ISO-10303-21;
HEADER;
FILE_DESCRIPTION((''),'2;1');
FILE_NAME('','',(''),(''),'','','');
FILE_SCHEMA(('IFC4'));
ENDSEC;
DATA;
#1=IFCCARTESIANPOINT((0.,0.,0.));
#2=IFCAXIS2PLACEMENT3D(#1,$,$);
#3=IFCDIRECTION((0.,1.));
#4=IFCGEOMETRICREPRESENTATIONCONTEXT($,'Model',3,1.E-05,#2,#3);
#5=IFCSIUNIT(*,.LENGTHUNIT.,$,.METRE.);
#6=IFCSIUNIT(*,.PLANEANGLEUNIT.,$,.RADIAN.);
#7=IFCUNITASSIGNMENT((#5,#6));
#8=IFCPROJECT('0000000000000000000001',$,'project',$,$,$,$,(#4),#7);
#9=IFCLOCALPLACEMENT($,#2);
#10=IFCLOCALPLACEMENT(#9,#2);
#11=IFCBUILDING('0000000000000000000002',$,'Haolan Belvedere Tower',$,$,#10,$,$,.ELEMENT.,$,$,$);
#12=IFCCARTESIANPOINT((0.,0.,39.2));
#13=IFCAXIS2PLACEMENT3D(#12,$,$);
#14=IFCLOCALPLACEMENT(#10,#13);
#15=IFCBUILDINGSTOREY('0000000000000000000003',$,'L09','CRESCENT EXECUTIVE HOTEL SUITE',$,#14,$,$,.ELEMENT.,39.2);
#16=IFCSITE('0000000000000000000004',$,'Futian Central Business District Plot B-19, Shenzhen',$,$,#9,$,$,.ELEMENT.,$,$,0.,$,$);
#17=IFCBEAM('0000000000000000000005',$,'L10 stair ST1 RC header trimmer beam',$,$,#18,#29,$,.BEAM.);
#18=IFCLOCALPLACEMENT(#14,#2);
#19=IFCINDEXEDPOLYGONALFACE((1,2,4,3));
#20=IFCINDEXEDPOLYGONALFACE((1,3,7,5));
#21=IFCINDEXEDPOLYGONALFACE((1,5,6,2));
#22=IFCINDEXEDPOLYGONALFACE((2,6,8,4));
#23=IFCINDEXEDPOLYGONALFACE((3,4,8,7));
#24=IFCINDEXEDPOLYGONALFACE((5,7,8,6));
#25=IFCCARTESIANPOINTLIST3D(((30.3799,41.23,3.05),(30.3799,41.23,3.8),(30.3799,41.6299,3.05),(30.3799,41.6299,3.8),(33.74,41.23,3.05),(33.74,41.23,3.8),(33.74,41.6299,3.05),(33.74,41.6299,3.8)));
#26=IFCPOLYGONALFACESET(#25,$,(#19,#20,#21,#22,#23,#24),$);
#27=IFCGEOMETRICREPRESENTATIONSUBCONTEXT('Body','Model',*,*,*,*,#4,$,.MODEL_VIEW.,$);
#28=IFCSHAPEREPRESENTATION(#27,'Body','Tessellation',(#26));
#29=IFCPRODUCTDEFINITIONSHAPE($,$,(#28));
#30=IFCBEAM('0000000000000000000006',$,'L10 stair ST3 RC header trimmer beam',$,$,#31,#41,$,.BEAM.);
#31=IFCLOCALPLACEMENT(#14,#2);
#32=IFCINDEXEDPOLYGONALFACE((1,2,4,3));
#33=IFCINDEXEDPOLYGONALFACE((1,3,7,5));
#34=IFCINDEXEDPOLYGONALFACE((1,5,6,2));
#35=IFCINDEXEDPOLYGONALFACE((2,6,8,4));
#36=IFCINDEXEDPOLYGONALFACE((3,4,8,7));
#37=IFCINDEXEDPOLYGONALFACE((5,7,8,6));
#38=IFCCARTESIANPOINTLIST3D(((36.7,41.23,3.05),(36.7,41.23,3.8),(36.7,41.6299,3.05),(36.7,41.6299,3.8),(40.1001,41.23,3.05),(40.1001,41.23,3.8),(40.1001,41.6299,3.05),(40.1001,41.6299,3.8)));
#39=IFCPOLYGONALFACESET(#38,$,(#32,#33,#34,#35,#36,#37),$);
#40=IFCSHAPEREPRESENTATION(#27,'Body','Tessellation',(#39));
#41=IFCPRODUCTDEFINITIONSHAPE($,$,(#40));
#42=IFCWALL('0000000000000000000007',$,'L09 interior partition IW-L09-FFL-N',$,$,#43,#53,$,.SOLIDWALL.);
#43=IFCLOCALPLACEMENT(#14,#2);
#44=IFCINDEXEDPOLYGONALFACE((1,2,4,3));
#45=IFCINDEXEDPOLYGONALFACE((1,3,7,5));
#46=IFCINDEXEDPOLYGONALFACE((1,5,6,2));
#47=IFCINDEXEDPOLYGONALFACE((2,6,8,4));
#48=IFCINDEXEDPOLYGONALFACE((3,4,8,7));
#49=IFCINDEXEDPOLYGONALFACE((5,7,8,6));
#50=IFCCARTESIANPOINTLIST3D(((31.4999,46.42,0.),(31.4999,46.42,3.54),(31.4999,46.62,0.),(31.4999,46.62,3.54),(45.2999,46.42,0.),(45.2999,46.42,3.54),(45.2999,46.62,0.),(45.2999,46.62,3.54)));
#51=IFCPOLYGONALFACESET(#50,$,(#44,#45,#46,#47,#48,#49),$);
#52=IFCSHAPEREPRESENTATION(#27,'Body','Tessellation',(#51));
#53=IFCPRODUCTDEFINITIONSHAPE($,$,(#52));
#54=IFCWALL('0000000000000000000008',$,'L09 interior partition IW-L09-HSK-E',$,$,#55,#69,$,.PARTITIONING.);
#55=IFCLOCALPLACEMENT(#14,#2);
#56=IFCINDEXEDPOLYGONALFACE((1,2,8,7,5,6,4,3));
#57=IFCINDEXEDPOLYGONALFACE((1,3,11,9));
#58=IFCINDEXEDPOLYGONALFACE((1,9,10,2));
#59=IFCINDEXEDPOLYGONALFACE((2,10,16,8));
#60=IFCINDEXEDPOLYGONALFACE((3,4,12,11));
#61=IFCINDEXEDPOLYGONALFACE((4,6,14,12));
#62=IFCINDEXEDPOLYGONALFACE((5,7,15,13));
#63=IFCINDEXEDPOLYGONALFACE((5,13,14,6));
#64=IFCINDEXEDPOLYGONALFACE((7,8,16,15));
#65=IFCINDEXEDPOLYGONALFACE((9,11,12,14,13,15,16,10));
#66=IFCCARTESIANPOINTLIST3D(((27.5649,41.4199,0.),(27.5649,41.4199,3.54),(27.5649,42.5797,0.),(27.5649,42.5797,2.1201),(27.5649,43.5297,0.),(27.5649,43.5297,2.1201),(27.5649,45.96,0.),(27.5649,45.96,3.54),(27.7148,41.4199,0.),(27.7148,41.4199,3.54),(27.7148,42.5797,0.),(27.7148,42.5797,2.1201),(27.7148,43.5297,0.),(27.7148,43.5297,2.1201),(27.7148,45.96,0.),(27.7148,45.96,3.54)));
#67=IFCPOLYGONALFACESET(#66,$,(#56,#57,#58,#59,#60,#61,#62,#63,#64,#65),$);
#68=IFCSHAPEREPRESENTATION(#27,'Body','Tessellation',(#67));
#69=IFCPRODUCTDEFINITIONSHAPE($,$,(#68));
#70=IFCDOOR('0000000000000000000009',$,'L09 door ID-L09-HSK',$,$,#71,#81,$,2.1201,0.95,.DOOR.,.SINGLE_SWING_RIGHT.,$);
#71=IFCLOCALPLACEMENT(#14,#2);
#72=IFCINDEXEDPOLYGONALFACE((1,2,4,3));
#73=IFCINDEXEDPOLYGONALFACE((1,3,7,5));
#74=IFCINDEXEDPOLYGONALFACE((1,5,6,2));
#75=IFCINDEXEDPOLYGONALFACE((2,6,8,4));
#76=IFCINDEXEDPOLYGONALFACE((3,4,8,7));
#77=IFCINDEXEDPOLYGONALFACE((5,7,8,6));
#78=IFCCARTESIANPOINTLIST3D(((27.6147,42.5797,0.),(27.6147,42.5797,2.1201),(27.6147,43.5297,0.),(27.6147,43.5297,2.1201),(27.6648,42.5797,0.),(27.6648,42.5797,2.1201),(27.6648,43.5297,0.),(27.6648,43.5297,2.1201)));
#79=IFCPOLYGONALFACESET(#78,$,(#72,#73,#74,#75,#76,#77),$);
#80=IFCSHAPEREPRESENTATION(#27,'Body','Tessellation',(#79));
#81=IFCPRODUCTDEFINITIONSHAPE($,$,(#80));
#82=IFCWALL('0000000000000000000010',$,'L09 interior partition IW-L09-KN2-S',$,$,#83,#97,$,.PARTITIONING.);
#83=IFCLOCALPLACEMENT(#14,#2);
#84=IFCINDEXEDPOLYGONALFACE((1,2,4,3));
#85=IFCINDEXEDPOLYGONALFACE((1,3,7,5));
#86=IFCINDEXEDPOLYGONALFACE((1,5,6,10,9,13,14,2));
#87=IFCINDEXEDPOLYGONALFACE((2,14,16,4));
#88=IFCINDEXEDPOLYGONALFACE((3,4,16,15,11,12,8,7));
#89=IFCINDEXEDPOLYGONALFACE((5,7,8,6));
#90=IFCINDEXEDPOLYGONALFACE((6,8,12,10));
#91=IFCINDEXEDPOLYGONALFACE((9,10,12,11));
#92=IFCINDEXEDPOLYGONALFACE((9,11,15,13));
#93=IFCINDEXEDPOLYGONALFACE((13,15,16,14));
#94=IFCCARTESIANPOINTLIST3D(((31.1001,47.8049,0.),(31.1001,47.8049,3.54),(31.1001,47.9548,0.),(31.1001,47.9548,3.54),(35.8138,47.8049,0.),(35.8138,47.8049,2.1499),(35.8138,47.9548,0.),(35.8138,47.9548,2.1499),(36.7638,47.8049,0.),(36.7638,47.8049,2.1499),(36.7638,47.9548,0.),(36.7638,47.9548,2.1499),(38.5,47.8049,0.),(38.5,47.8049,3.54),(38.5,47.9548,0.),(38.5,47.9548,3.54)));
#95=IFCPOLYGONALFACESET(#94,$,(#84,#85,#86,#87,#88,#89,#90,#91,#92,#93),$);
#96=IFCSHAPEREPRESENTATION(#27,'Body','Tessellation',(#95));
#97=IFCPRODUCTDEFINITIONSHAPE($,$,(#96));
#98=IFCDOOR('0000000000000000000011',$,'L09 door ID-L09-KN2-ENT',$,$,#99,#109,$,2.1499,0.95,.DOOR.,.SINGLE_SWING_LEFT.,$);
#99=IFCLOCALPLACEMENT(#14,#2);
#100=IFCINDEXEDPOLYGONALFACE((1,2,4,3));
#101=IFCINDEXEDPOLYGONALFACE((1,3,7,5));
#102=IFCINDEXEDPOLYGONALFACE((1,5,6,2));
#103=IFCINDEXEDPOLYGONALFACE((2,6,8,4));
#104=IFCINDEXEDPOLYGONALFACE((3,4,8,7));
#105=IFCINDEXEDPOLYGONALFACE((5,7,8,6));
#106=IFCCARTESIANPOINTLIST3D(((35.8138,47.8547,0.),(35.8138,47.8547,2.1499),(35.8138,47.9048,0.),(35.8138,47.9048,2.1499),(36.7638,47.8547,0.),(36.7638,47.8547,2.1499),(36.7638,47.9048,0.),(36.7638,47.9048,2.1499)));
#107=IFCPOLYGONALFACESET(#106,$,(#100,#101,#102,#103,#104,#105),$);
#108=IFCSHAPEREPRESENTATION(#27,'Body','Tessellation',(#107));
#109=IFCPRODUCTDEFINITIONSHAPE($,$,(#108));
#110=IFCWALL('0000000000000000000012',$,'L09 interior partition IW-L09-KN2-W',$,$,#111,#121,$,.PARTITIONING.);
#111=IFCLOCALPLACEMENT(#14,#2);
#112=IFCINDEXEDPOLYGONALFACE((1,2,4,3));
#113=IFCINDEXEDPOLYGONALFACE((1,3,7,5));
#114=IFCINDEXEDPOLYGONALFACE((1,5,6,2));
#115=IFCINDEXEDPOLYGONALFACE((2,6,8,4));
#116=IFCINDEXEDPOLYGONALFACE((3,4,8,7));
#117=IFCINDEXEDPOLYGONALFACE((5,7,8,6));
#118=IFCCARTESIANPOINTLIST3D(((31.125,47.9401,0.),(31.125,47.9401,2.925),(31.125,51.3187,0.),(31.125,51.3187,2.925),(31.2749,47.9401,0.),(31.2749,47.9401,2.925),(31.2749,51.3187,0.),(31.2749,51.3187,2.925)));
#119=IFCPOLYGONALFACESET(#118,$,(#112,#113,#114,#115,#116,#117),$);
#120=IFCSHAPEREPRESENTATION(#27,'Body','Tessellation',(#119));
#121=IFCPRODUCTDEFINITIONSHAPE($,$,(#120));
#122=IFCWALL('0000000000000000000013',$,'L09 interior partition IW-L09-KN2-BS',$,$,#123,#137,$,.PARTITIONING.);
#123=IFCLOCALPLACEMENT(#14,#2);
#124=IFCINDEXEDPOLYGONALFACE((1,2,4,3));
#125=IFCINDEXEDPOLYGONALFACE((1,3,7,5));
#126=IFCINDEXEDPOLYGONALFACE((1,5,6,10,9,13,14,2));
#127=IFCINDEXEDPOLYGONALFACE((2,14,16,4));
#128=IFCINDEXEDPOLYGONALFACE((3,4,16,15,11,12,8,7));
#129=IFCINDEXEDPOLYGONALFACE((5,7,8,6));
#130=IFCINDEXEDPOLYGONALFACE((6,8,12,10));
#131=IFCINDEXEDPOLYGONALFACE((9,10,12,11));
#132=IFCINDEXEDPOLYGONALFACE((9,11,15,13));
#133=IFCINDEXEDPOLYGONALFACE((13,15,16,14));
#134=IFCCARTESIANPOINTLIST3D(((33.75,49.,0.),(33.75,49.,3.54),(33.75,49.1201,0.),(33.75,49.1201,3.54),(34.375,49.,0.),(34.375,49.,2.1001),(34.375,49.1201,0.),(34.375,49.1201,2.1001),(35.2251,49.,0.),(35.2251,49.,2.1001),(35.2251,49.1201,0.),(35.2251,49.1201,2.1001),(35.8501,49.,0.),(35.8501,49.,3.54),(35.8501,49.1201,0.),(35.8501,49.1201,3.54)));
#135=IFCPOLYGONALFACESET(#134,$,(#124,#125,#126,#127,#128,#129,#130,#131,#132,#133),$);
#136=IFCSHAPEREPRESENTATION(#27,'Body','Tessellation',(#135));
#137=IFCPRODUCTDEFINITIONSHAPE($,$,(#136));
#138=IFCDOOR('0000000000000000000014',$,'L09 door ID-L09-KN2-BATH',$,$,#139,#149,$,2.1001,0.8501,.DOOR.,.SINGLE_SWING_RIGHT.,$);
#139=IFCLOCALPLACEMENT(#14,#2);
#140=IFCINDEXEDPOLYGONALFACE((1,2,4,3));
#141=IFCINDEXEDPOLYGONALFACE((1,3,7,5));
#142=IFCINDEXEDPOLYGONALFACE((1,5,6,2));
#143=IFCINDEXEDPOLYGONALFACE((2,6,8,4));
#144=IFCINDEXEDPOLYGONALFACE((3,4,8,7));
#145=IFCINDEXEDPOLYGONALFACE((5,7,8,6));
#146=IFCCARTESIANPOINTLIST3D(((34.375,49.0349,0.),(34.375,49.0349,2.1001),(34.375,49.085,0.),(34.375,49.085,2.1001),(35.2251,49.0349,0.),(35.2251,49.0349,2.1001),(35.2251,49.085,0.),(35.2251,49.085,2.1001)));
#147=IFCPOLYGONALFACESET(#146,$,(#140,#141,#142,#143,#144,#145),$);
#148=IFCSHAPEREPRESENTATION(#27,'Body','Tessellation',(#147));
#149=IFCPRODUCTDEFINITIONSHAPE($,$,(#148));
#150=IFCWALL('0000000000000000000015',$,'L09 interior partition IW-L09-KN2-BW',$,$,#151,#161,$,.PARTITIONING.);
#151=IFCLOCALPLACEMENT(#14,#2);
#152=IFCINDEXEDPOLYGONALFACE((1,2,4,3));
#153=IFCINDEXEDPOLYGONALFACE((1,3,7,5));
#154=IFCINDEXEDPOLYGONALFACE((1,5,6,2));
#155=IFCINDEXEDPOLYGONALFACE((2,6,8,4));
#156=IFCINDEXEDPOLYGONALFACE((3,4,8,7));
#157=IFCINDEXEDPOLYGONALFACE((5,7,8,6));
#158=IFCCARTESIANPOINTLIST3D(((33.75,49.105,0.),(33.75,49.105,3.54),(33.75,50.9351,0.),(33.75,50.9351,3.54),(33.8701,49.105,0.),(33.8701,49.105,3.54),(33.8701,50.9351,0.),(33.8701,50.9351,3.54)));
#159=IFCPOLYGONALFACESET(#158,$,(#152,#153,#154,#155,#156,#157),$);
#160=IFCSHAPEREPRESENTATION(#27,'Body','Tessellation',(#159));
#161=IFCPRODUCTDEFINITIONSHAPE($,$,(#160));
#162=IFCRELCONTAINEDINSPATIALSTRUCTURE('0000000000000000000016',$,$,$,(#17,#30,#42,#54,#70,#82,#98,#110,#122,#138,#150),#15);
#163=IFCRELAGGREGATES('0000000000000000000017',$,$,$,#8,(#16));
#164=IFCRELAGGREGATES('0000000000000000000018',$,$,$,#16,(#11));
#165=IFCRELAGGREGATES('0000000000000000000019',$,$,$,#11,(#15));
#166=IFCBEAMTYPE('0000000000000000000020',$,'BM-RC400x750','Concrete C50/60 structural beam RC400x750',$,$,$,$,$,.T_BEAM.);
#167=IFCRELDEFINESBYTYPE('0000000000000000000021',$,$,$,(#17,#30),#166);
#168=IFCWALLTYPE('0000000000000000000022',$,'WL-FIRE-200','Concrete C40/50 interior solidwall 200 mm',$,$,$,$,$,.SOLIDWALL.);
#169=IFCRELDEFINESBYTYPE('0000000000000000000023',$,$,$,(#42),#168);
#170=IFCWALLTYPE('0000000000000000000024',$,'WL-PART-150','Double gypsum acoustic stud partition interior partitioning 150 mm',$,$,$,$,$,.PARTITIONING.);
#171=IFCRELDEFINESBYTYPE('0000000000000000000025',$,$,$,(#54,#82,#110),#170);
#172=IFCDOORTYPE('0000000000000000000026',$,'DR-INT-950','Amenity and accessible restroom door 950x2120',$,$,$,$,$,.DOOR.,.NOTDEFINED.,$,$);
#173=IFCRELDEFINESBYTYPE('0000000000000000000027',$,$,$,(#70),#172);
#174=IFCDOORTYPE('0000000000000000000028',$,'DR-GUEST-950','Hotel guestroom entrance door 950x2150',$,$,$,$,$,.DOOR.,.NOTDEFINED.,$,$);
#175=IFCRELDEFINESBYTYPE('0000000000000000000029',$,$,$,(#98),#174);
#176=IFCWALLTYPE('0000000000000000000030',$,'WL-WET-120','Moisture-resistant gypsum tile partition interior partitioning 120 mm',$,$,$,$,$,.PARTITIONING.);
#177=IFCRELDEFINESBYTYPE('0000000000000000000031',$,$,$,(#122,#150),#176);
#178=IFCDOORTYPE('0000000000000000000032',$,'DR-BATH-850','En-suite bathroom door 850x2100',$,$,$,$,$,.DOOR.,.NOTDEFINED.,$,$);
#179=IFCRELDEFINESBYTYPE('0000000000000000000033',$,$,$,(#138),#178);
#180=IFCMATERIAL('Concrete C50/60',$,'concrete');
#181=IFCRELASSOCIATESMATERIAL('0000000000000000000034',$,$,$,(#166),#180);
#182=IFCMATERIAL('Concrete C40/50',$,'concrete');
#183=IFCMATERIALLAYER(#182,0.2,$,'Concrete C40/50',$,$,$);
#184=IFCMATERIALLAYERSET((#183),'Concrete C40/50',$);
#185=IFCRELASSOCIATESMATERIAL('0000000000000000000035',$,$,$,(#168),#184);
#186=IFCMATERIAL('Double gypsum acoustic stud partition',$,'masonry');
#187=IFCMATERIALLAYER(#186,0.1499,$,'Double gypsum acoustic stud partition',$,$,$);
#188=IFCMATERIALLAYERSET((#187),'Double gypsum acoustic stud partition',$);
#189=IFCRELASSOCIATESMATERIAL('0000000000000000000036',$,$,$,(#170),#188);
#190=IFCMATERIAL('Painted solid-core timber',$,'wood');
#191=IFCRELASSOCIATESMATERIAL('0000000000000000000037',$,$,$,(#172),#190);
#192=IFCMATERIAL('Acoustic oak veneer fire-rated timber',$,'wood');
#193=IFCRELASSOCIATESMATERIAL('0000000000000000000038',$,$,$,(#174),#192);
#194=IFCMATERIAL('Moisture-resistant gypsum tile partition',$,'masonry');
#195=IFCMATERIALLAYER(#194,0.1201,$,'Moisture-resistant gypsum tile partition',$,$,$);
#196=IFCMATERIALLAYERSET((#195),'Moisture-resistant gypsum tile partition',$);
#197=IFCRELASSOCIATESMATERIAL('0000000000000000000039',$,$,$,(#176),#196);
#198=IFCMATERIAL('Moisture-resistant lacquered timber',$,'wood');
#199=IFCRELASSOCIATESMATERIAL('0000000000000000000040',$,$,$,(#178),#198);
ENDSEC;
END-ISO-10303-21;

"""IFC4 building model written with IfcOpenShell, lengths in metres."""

from ifc_helpers import new_model, si_unit, direction, frame, frame_2d, origin, origin_2d, place, context, subcontext, project, spatial, rectangle, extrude, material, layer, layer_set, material_profile, profile_set, type_object, element, fill, save


model = new_model("IFC4")

# Units and contexts
model_context = context("Model", 3, precision=1e-05, world=origin(), true_north=direction((0.0, 1.0)))
body_context = subcontext(model_context, "Body", "Model", "MODEL_VIEW")
ifc_project = project(units=[si_unit("LENGTHUNIT", "METRE"), si_unit("PLANEANGLEUNIT", "RADIAN")], contexts=[model_context])

# Site, building, storey
site_placement = place(None, origin())
site = spatial("IfcSite", under=ifc_project, at=site_placement, Name="Futian Central Business District Plot B-19, Shenzhen", CompositionType="ELEMENT", RefElevation=0.0)
building_placement = place(site_placement, origin())
building = spatial("IfcBuilding", under=site, at=building_placement, Name="Haolan Belvedere Tower", CompositionType="ELEMENT")
storey_placement = place(building_placement, frame((0.0, 0.0, 39.2)))
storey = spatial("IfcBuildingStorey", under=building, at=storey_placement, Name="L09", Description="CRESCENT EXECUTIVE HOTEL SUITE", CompositionType="ELEMENT", Elevation=39.2)

# Beams
ifc_material_1 = material(Name="Concrete C50/60", Category="concrete")
ifc_material_profile = material_profile(ifc_material_1, rectangle(XDim=0.3999, YDim=0.75, at=origin_2d()), Name="Concrete C50/60")
ifc_profile_set = profile_set([ifc_material_profile], Name="Concrete C50/60")
beam_type = type_object("IfcBeamType", Name="BM-RC400x750", Description="Concrete C50/60 structural beam RC400x750", PredefinedType="T_BEAM", material=ifc_profile_set)
beam_1_placement = place(storey_placement, frame((30.3799, 41.4299, 3.425), z_axis=(1.0, 0.0, 0.0), x_axis=(0.0, 1.0, 0.0)))
element("IfcBeam", 1, at=beam_1_placement, inside=storey, type_object=beam_type, Name="L10 stair ST1 RC header trimmer beam", PredefinedType="BEAM", context=body_context, shape_type="SweptSolid", body=[
    extrude(rectangle(XDim=0.3999, YDim=0.75, at=origin_2d()), origin(), (0.0, 0.0, 1.0), 3.3601),
])
beam_2_placement = place(storey_placement, frame((36.7, 41.4299, 3.425), z_axis=(1.0, 0.0, 0.0), x_axis=(0.0, 1.0, 0.0)))
element("IfcBeam", 2, at=beam_2_placement, inside=storey, type_object=beam_type, Name="L10 stair ST3 RC header trimmer beam", PredefinedType="BEAM", context=body_context, shape_type="SweptSolid", body=[
    extrude(rectangle(XDim=0.3999, YDim=0.75, at=origin_2d()), origin(), (0.0, 0.0, 1.0), 3.4001),
])

# Wall
ifc_material_2 = material(Name="Concrete C40/50", Category="concrete")
ifc_layer_1 = layer(ifc_material_2, 0.2, Name="Concrete C40/50")
ifc_layer_set_1 = layer_set([ifc_layer_1], Name="Concrete C40/50")
wall_type_1 = type_object("IfcWallType", Name="WL-FIRE-200", Description="Concrete C40/50 interior solidwall 200 mm", PredefinedType="SOLIDWALL", material=ifc_layer_set_1)
wall_1_placement = place(storey_placement, frame((31.5, 46.52, 0.0), z_axis=(0.0, 0.0, 1.0), x_axis=(1.0, 0.0, 0.0)))
element("IfcWall", 3, at=wall_1_placement, inside=storey, type_object=wall_type_1, Name="L09 interior partition IW-L09-FFL-N", PredefinedType="SOLIDWALL", context=body_context, shape_type="SweptSolid", body=[
    extrude(rectangle(XDim=13.8, YDim=0.2, at=frame_2d((6.8999, 0.0))), origin(), (0.0, 0.0, 1.0), 3.54),
])

# Walls, openings, doors
ifc_material_3 = material(Name="Double gypsum acoustic stud partition", Category="masonry")
ifc_layer_2 = layer(ifc_material_3, 0.1499, Name="Double gypsum acoustic stud partition")
ifc_layer_set_2 = layer_set([ifc_layer_2], Name="Double gypsum acoustic stud partition")
wall_type_2 = type_object("IfcWallType", Name="WL-PART-150", Description="Double gypsum acoustic stud partition interior partitioning 150 mm", PredefinedType="PARTITIONING", material=ifc_layer_set_2)
wall_2_placement = place(storey_placement, frame((27.6399, 41.4199, 0.0), z_axis=(0.0, 0.0, 1.0), x_axis=(0.0, 1.0, 0.0)))
wall_2 = element("IfcWall", 4, at=wall_2_placement, inside=storey, type_object=wall_type_2, Name="L09 interior partition IW-L09-HSK-E", PredefinedType="PARTITIONING", context=body_context, shape_type="SweptSolid", body=[
    extrude(rectangle(XDim=4.54, YDim=0.1499, at=frame_2d((2.27, 0.0))), origin(), (0.0, 0.0, 1.0), 3.54),
])
opening_1_placement = place(wall_2_placement, frame((2.1099, 0.0, 0.0), z_axis=(0.0, 0.0, 1.0), x_axis=(-1.0, 0.0, 0.0)))
opening_1 = element("IfcOpeningElement", 5, at=opening_1_placement, cuts=wall_2, PredefinedType="OPENING", context=body_context, shape_type="SweptSolid", body=[
    extrude(rectangle(XDim=0.95, YDim=2.1201, at=frame_2d((0.4751, 1.0601))), frame((0.0, 0.085, 0.0), z_axis=(0.0, -1.0, 0.0), x_axis=(1.0, 0.0, 0.0)), (0.0, 0.0, 1.0), 0.1699),
])
ifc_material_4 = material(Name="Painted solid-core timber", Category="wood")
door_type_1 = type_object("IfcDoorType", Name="DR-INT-950", Description="Amenity and accessible restroom door 950x2120", OperationType="NOTDEFINED", PredefinedType="DOOR", material=ifc_material_4)
door_1_placement = place(opening_1_placement, origin())
door_1 = element("IfcDoor", 6, at=door_1_placement, inside=storey, type_object=door_type_1, Name="L09 door ID-L09-HSK", OperationType="SINGLE_SWING_RIGHT", OverallHeight=2.1201, OverallWidth=0.95, PredefinedType="DOOR", context=body_context, shape_type="SweptSolid", body=[
    extrude(rectangle(XDim=0.95, YDim=2.1201, at=frame_2d((0.4751, 1.0601))), frame((0.0, 0.0249, 0.0), z_axis=(0.0, -1.0, 0.0), x_axis=(1.0, 0.0, 0.0)), (0.0, 0.0, 1.0), 0.05),
])
fill(opening_1, door_1)
wall_3_placement = place(storey_placement, frame((31.1001, 47.8799, 0.0), z_axis=(0.0, 0.0, 1.0), x_axis=(1.0, 0.0, 0.0)))
wall_3 = element("IfcWall", 7, at=wall_3_placement, inside=storey, type_object=wall_type_2, Name="L09 interior partition IW-L09-KN2-S", PredefinedType="PARTITIONING", context=body_context, shape_type="SweptSolid", body=[
    extrude(rectangle(XDim=7.3999, YDim=0.1499, at=frame_2d((3.7, 0.0))), origin(), (0.0, 0.0, 1.0), 3.54),
])
opening_2_placement = place(wall_3_placement, frame((4.7136, 0.0, 0.0)))
opening_2 = element("IfcOpeningElement", 8, at=opening_2_placement, cuts=wall_3, PredefinedType="OPENING", context=body_context, shape_type="SweptSolid", body=[
    extrude(rectangle(XDim=0.95, YDim=2.1499, at=frame_2d((0.4751, 1.075))), frame((0.0, 0.085, 0.0), z_axis=(0.0, -1.0, 0.0), x_axis=(1.0, 0.0, 0.0)), (0.0, 0.0, 1.0), 0.1699),
])
ifc_material_5 = material(Name="Acoustic oak veneer fire-rated timber", Category="wood")
door_type_2 = type_object("IfcDoorType", Name="DR-GUEST-950", Description="Hotel guestroom entrance door 950x2150", OperationType="NOTDEFINED", PredefinedType="DOOR", material=ifc_material_5)
door_2_placement = place(opening_2_placement, origin())
door_2 = element("IfcDoor", 9, at=door_2_placement, inside=storey, type_object=door_type_2, Name="L09 door ID-L09-KN2-ENT", OperationType="SINGLE_SWING_LEFT", OverallHeight=2.1499, OverallWidth=0.95, PredefinedType="DOOR", context=body_context, shape_type="SweptSolid", body=[
    extrude(rectangle(XDim=0.95, YDim=2.1499, at=frame_2d((0.4751, 1.075))), frame((0.0, 0.0249, 0.0), z_axis=(0.0, -1.0, 0.0), x_axis=(1.0, 0.0, 0.0)), (0.0, 0.0, 1.0), 0.05),
])
fill(opening_2, door_2)

# Wall
wall_4_placement = place(storey_placement, frame((31.2, 47.9399, 0.0), z_axis=(0.0, 0.0, 1.0), x_axis=(0.0, 1.0, 0.0)))
element("IfcWall", 10, at=wall_4_placement, inside=storey, type_object=wall_type_2, Name="L09 interior partition IW-L09-KN2-W", PredefinedType="PARTITIONING", context=body_context, shape_type="SweptSolid", body=[
    extrude(rectangle(XDim=3.3787, YDim=0.1499, at=frame_2d((1.6895, 0.0))), origin(), (0.0, 0.0, 1.0), 2.925),
])

# Wall, opening, door
ifc_material_6 = material(Name="Moisture-resistant gypsum tile partition", Category="masonry")
ifc_layer_3 = layer(ifc_material_6, 0.1201, Name="Moisture-resistant gypsum tile partition")
ifc_layer_set_3 = layer_set([ifc_layer_3], Name="Moisture-resistant gypsum tile partition")
wall_type_3 = type_object("IfcWallType", Name="WL-WET-120", Description="Moisture-resistant gypsum tile partition interior partitioning 120 mm", PredefinedType="PARTITIONING", material=ifc_layer_set_3)
wall_5_placement = place(storey_placement, frame((33.75, 49.0601, 0.0), z_axis=(0.0, 0.0, 1.0), x_axis=(1.0, 0.0, 0.0)))
wall_5 = element("IfcWall", 11, at=wall_5_placement, inside=storey, type_object=wall_type_3, Name="L09 interior partition IW-L09-KN2-BS", PredefinedType="PARTITIONING", context=body_context, shape_type="SweptSolid", body=[
    extrude(rectangle(XDim=2.1001, YDim=0.1201, at=frame_2d((1.05, 0.0))), origin(), (0.0, 0.0, 1.0), 3.54),
])
opening_3_placement = place(wall_5_placement, frame((0.625, 0.0, 0.0)))
opening_3 = element("IfcOpeningElement", 12, at=opening_3_placement, cuts=wall_5, PredefinedType="OPENING", context=body_context, shape_type="SweptSolid", body=[
    extrude(rectangle(XDim=0.8501, YDim=2.1001, at=frame_2d((0.425, 1.05))), frame((0.0, 0.0701, 0.0), z_axis=(0.0, -1.0, 0.0), x_axis=(1.0, 0.0, 0.0)), (0.0, 0.0, 1.0), 0.1401),
])
ifc_material_7 = material(Name="Moisture-resistant lacquered timber", Category="wood")
door_type_3 = type_object("IfcDoorType", Name="DR-BATH-850", Description="En-suite bathroom door 850x2100", OperationType="NOTDEFINED", PredefinedType="DOOR", material=ifc_material_7)
door_3_placement = place(opening_3_placement, origin())
door_3 = element("IfcDoor", 13, at=door_3_placement, inside=storey, type_object=door_type_3, Name="L09 door ID-L09-KN2-BATH", OperationType="SINGLE_SWING_RIGHT", OverallHeight=2.1001, OverallWidth=0.8501, PredefinedType="DOOR", context=body_context, shape_type="SweptSolid", body=[
    extrude(rectangle(XDim=0.8501, YDim=2.1001, at=frame_2d((0.425, 1.05))), frame((0.0, 0.0249, 0.0), z_axis=(0.0, -1.0, 0.0), x_axis=(1.0, 0.0, 0.0)), (0.0, 0.0, 1.0), 0.05),
])
fill(opening_3, door_3)

# Wall
wall_6_placement = place(storey_placement, frame((33.8101, 49.105, 0.0), z_axis=(0.0, 0.0, 1.0), x_axis=(0.0, 1.0, 0.0)))
element("IfcWall", 14, at=wall_6_placement, inside=storey, type_object=wall_type_3, Name="L09 interior partition IW-L09-KN2-BW", PredefinedType="PARTITIONING", context=body_context, shape_type="SweptSolid", body=[
    extrude(rectangle(XDim=1.8301, YDim=0.1201, at=frame_2d((0.915, 0.0))), origin(), (0.0, 0.0, 1.0), 3.54),
])

save(model, "model.ifc")
